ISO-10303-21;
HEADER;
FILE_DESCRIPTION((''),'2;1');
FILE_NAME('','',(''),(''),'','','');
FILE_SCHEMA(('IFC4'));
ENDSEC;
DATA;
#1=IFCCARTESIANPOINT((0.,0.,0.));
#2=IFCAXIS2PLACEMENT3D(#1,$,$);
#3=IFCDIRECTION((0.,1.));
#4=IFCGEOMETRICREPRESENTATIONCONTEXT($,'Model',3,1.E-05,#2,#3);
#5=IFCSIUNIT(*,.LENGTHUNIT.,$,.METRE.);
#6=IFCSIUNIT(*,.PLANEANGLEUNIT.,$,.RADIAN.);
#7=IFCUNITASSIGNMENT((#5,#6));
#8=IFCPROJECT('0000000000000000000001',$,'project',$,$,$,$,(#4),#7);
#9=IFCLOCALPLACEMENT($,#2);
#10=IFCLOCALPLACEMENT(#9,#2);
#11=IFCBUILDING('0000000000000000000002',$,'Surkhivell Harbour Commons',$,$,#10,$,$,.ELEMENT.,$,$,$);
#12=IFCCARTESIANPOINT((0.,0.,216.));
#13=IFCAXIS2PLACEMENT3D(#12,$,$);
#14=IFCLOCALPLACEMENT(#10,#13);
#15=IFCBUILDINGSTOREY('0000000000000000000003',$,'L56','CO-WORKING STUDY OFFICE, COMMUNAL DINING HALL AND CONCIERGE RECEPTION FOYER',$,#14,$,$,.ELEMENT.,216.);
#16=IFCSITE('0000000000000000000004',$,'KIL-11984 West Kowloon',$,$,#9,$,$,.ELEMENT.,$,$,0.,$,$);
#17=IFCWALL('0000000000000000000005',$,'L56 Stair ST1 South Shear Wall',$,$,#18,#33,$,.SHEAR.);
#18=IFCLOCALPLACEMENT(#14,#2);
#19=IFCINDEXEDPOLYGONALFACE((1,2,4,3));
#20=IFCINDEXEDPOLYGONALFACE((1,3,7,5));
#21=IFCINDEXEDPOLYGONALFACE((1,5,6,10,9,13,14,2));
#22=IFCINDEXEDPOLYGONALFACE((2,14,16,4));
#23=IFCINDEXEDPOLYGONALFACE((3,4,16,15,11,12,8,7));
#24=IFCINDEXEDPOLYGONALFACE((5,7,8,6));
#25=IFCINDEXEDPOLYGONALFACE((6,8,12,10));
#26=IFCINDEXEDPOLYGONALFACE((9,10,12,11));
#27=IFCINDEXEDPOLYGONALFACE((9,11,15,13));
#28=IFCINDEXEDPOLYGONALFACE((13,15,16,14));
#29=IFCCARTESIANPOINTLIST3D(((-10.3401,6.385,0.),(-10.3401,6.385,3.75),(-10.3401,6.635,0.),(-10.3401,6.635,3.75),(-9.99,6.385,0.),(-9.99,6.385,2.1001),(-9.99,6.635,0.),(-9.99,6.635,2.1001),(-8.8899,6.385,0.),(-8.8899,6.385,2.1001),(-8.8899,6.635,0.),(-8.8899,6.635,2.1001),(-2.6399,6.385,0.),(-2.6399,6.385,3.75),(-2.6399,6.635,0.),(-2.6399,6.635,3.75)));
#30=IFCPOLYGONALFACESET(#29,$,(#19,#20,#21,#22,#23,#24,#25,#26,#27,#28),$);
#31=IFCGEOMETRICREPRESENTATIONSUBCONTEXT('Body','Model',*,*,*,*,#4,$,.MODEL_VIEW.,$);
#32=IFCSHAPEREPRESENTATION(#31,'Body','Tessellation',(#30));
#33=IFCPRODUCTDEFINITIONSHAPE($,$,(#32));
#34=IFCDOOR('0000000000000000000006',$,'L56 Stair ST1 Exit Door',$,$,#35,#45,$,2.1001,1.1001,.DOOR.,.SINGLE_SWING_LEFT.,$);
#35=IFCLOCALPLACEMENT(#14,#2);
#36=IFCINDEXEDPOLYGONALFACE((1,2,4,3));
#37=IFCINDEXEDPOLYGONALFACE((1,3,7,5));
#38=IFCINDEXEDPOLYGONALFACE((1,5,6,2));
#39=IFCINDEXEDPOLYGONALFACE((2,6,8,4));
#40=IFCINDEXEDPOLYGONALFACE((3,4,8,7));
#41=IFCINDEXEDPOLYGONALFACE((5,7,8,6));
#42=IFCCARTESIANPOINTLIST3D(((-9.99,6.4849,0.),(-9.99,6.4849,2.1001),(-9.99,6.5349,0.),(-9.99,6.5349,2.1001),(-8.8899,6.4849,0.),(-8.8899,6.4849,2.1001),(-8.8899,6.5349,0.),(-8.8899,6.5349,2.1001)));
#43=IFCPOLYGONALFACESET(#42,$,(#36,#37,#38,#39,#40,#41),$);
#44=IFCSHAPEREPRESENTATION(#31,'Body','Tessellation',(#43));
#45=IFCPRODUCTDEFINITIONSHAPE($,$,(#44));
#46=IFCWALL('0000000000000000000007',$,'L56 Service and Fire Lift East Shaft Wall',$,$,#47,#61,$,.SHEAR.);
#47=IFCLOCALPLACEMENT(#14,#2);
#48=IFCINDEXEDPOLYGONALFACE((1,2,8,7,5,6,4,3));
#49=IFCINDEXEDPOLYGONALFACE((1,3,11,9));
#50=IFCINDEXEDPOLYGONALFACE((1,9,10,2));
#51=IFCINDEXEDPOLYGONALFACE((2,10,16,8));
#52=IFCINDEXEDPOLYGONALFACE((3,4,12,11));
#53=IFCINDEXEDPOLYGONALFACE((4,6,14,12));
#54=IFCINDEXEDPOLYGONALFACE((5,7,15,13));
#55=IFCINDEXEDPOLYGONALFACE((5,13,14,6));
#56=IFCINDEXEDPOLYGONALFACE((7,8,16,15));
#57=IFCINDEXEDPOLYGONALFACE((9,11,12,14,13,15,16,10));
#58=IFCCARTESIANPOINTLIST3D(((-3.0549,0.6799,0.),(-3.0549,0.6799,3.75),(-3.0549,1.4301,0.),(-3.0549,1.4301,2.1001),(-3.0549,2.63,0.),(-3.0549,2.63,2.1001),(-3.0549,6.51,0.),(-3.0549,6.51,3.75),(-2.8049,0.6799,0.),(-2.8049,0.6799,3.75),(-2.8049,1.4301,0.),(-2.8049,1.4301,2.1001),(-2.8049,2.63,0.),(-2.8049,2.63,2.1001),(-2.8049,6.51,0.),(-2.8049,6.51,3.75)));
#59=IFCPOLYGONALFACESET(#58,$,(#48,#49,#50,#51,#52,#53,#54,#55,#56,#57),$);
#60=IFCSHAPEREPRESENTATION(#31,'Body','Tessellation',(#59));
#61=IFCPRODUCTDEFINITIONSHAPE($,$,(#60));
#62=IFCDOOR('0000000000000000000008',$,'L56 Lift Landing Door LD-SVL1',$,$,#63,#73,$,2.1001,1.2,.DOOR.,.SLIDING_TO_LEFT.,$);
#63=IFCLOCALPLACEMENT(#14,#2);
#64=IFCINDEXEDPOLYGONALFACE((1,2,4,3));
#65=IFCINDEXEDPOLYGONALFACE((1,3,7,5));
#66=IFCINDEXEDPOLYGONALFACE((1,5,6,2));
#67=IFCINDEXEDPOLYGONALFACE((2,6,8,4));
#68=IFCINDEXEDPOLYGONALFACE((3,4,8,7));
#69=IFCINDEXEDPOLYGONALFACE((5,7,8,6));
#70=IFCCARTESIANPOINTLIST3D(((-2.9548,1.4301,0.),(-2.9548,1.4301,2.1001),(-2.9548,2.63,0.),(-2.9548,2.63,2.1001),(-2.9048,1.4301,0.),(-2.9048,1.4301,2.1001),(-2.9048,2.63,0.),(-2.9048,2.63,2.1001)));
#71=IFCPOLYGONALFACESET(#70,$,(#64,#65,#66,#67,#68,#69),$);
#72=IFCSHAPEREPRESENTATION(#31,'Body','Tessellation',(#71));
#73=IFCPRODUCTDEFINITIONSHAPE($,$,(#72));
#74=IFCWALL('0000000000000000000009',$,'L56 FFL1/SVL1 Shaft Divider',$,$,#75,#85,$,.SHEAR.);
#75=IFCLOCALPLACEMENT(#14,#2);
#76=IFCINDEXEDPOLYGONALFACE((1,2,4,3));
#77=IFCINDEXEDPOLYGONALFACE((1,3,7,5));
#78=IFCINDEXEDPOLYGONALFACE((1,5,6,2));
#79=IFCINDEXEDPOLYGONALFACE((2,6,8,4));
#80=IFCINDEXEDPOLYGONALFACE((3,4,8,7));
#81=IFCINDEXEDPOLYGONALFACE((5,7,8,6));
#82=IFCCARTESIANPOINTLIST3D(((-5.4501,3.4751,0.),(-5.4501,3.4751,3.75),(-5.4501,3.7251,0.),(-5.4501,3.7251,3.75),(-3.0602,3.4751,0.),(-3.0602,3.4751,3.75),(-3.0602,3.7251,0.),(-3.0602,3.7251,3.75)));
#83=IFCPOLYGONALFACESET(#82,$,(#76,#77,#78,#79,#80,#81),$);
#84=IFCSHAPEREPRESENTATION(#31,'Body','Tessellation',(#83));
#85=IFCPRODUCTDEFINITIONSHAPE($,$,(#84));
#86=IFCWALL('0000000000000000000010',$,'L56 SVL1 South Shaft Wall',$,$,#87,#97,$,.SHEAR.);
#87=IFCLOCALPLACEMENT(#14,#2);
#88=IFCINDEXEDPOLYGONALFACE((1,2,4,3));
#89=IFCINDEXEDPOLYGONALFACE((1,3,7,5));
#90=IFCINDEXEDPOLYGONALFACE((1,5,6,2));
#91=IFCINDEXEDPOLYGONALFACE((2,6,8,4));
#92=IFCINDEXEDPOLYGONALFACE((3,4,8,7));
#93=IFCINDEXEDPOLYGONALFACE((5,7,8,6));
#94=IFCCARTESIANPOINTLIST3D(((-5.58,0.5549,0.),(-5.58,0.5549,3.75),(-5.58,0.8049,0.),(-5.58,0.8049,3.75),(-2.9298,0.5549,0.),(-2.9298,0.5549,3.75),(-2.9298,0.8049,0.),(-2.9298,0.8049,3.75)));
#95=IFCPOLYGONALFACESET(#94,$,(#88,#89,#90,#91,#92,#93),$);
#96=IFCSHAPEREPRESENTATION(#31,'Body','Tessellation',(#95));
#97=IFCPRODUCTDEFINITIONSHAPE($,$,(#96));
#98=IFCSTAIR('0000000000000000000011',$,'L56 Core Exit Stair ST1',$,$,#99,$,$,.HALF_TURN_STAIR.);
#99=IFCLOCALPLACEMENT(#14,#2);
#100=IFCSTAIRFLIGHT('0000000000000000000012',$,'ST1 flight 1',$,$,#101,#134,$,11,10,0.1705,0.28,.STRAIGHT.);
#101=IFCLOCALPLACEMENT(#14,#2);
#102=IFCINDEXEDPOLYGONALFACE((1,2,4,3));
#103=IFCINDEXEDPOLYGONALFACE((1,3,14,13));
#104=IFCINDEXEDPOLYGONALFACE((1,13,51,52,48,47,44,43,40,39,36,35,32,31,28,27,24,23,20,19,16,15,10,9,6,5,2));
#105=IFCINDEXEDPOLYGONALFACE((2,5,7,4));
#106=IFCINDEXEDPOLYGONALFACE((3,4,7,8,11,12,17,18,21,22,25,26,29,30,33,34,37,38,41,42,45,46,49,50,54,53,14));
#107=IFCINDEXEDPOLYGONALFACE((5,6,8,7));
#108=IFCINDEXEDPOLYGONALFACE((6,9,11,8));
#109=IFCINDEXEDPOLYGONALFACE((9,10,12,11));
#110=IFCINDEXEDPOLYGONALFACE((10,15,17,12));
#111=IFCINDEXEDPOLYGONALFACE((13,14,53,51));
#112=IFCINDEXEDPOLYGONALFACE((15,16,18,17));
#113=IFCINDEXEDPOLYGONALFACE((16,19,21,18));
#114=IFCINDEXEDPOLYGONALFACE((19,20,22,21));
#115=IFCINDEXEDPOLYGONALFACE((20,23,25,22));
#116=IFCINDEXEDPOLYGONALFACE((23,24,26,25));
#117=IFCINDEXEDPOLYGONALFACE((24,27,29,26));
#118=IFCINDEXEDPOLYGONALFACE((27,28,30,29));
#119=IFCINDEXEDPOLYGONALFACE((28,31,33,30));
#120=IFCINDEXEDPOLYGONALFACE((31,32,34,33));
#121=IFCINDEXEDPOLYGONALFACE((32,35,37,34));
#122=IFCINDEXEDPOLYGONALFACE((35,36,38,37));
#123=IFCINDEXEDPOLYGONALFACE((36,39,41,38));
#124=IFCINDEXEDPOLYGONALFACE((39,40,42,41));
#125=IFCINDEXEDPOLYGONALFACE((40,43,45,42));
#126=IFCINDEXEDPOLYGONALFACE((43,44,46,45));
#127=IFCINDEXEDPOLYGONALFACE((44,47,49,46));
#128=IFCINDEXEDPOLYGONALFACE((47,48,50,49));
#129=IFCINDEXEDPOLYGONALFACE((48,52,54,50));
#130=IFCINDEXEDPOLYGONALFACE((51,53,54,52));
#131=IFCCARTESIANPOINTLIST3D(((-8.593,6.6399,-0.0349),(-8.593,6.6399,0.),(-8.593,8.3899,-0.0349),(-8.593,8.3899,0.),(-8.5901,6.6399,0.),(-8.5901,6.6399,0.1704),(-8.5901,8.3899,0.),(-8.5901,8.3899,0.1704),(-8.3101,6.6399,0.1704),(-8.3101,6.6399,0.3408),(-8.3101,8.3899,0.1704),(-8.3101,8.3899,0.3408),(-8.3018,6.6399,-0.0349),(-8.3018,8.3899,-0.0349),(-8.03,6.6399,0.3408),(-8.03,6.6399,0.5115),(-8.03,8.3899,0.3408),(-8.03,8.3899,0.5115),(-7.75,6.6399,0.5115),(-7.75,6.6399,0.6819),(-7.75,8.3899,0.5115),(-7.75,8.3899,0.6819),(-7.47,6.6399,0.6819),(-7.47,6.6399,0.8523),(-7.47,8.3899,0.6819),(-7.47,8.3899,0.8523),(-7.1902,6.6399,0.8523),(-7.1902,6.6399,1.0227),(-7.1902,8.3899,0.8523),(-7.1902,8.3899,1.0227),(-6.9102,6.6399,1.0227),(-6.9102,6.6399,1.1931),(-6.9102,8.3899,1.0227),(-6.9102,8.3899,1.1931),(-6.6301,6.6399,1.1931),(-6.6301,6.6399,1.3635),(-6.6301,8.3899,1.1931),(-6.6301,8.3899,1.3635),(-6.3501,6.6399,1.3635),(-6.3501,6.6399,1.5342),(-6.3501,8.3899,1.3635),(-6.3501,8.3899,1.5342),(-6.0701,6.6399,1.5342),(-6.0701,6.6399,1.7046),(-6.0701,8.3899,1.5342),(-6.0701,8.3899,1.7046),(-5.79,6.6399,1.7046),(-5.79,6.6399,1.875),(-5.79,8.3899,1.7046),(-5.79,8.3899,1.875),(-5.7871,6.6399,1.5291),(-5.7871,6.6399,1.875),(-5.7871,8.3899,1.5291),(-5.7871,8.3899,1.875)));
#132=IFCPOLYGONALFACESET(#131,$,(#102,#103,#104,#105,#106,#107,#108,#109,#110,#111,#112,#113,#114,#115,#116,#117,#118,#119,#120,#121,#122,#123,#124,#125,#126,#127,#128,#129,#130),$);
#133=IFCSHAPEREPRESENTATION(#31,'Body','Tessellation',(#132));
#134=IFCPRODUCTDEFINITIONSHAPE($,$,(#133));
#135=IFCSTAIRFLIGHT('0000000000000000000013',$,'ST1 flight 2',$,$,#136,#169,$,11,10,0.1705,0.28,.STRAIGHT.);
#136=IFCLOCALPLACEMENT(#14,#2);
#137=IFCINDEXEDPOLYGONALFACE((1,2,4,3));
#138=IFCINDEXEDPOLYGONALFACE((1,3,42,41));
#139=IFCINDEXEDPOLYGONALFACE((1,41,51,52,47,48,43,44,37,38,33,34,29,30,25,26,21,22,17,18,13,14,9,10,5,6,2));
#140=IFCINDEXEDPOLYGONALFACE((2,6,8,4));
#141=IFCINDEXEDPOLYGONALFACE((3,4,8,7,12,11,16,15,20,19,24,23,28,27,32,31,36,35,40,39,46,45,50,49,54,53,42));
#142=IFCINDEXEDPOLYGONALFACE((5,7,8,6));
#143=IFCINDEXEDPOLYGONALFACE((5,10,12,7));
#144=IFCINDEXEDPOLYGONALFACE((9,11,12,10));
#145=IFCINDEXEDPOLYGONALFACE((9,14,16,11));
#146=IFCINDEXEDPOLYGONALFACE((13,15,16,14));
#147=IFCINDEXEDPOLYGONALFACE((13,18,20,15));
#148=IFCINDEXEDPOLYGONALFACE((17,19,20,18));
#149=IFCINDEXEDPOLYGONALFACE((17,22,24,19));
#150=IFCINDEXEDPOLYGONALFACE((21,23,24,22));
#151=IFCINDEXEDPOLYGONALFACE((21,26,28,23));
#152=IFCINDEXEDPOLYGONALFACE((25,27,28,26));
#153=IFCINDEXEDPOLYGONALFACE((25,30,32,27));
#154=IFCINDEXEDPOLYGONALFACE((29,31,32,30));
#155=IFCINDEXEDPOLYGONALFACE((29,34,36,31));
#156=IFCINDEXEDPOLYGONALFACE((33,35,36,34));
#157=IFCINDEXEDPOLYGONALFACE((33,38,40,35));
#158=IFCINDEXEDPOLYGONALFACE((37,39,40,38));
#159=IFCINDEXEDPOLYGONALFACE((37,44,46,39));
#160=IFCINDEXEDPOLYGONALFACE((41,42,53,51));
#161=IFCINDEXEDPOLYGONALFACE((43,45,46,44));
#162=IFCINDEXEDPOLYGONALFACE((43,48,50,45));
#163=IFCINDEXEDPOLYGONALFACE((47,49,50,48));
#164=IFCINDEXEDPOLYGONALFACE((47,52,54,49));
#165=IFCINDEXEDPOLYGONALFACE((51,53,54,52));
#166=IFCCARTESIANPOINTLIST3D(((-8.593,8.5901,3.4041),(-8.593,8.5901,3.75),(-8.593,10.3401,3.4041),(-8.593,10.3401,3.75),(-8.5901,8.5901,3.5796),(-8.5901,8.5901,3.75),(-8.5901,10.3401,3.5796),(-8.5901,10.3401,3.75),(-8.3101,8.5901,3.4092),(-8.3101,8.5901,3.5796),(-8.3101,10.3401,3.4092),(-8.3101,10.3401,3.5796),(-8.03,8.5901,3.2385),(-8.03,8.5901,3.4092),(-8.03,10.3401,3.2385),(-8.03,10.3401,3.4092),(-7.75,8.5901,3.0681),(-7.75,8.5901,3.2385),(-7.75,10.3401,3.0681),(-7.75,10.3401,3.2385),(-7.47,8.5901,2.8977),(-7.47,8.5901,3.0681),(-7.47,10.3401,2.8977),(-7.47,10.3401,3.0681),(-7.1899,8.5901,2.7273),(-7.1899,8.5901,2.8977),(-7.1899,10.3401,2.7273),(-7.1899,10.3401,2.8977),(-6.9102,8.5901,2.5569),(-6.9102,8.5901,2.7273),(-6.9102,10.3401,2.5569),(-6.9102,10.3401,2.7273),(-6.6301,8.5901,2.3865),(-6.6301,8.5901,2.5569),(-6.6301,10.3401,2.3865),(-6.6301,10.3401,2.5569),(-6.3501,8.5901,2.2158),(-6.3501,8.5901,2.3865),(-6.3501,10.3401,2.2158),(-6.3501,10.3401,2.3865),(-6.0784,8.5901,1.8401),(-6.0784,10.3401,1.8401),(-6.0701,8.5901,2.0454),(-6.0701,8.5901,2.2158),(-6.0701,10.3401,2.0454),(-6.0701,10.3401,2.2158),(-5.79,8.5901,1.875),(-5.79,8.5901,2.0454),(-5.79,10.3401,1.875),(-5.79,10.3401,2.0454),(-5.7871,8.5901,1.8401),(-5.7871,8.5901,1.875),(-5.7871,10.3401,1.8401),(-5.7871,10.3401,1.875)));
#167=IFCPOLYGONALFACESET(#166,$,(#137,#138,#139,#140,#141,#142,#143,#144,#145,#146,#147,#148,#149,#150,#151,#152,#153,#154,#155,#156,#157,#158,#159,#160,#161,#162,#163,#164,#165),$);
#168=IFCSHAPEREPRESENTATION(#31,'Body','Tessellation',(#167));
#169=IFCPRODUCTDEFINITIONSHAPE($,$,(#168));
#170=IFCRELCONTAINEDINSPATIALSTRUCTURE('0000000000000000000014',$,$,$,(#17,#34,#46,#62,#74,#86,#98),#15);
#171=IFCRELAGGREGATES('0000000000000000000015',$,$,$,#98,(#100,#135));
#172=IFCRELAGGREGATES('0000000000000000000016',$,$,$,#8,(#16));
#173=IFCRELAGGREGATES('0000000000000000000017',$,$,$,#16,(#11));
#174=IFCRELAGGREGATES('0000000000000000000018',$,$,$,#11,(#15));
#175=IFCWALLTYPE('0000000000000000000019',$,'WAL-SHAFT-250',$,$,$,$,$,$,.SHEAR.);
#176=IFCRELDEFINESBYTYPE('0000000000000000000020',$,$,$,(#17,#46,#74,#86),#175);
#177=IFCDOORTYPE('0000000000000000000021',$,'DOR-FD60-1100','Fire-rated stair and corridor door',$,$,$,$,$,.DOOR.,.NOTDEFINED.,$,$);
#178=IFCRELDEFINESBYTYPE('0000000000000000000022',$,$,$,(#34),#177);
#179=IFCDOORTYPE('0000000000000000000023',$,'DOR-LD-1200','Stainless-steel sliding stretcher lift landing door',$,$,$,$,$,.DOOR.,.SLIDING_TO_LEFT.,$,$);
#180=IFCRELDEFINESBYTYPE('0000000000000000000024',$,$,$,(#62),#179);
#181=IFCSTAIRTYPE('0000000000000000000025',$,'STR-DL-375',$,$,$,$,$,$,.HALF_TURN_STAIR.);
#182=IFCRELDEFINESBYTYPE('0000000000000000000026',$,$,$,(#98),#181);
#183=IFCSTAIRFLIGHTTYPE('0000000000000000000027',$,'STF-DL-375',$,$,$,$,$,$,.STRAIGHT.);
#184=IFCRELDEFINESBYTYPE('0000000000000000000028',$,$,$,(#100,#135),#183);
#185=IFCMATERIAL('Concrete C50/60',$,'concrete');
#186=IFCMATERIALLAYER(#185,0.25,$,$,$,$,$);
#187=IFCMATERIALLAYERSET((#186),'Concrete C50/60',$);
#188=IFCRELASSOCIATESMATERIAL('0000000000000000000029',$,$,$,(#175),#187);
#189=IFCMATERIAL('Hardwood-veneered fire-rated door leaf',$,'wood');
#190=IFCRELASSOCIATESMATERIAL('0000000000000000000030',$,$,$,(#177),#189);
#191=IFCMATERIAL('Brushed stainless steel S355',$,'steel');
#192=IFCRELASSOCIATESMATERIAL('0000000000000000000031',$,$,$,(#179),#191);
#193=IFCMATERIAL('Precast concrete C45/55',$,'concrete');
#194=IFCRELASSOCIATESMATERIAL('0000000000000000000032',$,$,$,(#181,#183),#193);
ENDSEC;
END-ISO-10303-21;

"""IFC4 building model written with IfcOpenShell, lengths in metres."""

from ifc_helpers import new_model, si_unit, direction, frame, frame_2d, origin, place, context, subcontext, project, spatial, polyline, rectangle, outline, extrude, material, layer, layer_set, type_object, element, fill, aggregate, save


model = new_model("IFC4")

# Units and contexts
model_context = context("Model", 3, precision=1e-05, world=origin(), true_north=direction((0.0, 1.0)))
body_context = subcontext(model_context, "Body", "Model", "MODEL_VIEW")
ifc_project = project(units=[si_unit("LENGTHUNIT", "METRE"), si_unit("PLANEANGLEUNIT", "RADIAN")], contexts=[model_context])

# Site, building, storey
site_placement = place(None, origin())
site = spatial("IfcSite", under=ifc_project, at=site_placement, Name="KIL-11984 West Kowloon", CompositionType="ELEMENT", RefElevation=0.0)
building_placement = place(site_placement, origin())
building = spatial("IfcBuilding", under=site, at=building_placement, Name="Surkhivell Harbour Commons", CompositionType="ELEMENT")
storey_placement = place(building_placement, frame((0.0, 0.0, 216.0)))
storey = spatial("IfcBuildingStorey", under=building, at=storey_placement, Name="L56", Description="CO-WORKING STUDY OFFICE, COMMUNAL DINING HALL AND CONCIERGE RECEPTION FOYER", CompositionType="ELEMENT", Elevation=216.0)

# Shared definitions
ifc_material_1 = material(Name="Concrete C50/60", Category="concrete")
ifc_layer_1 = layer(ifc_material_1, 0.25)
ifc_layer_set_1 = layer_set([ifc_layer_1], Name="Concrete C50/60")
wall_type_1 = type_object("IfcWallType", Name="WAL-SHAFT-250", PredefinedType="SHEAR", material=ifc_layer_set_1)
ifc_material_2 = material(Name="Brushed stainless steel S355", Category="steel")
ifc_material_3 = material(Name="Hardwood-veneered fire-rated door leaf", Category="wood")

# Walls, openings, doors
wall_1_placement = place(storey_placement, frame((-10.3401, 6.51, 0.0), z_axis=(0.0, 0.0, 1.0), x_axis=(1.0, 0.0, 0.0)))
wall_1 = element("IfcWall", 1, at=wall_1_placement, inside=storey, type_object=wall_type_1, Name="L56 Stair ST1 South Shear Wall", PredefinedType="SHEAR", context=body_context, shape_type="SweptSolid", body=[
    extrude(rectangle(XDim=7.7002, YDim=0.25, at=frame_2d((3.8501, 0.0))), origin(), (0.0, 0.0, 1.0), 3.75),
])
opening_1_placement = place(wall_1_placement, frame((0.3501, 0.0, 0.0)))
opening_1 = element("IfcOpeningElement", 2, at=opening_1_placement, cuts=wall_1, PredefinedType="OPENING", context=body_context, shape_type="SweptSolid", body=[
    extrude(rectangle(XDim=1.1001, YDim=2.1001, at=frame_2d((0.55, 1.05))), frame((0.0, 0.135, 0.0), z_axis=(0.0, -1.0, 0.0), x_axis=(1.0, 0.0, 0.0)), (0.0, 0.0, 1.0), 0.27),
])
door_type_1 = type_object("IfcDoorType", Name="DOR-FD60-1100", Description="Fire-rated stair and corridor door", OperationType="NOTDEFINED", PredefinedType="DOOR", material=ifc_material_3)
door_1_placement = place(opening_1_placement, origin())
door_1 = element("IfcDoor", 3, at=door_1_placement, inside=storey, type_object=door_type_1, Name="L56 Stair ST1 Exit Door", OperationType="SINGLE_SWING_LEFT", OverallHeight=2.1001, OverallWidth=1.1001, PredefinedType="DOOR", context=body_context, shape_type="SweptSolid", body=[
    extrude(rectangle(XDim=1.1001, YDim=2.1001, at=frame_2d((0.55, 1.05))), frame((0.0, 0.0249, 0.0), z_axis=(0.0, -1.0, 0.0), x_axis=(1.0, 0.0, 0.0)), (0.0, 0.0, 1.0), 0.05),
])
fill(opening_1, door_1)
wall_2_placement = place(storey_placement, frame((-2.9299, 0.6799, 0.0), z_axis=(0.0, 0.0, 1.0), x_axis=(0.0, 1.0, 0.0)))
wall_2 = element("IfcWall", 4, at=wall_2_placement, inside=storey, type_object=wall_type_1, Name="L56 Service and Fire Lift East Shaft Wall", PredefinedType="SHEAR", context=body_context, shape_type="SweptSolid", body=[
    extrude(rectangle(XDim=5.8301, YDim=0.25, at=frame_2d((2.915, 0.0))), origin(), (0.0, 0.0, 1.0), 3.75),
])
opening_2_placement = place(wall_2_placement, frame((0.75, 0.0, 0.0)))
opening_2 = element("IfcOpeningElement", 5, at=opening_2_placement, cuts=wall_2, PredefinedType="OPENING", context=body_context, shape_type="SweptSolid", body=[
    extrude(rectangle(XDim=1.2, YDim=2.1001, at=frame_2d((0.6001, 1.05))), frame((0.0, 0.135, 0.0), z_axis=(0.0, -1.0, 0.0), x_axis=(1.0, 0.0, 0.0)), (0.0, 0.0, 1.0), 0.27),
])
door_type_2 = type_object("IfcDoorType", Name="DOR-LD-1200", Description="Stainless-steel sliding stretcher lift landing door", OperationType="SLIDING_TO_LEFT", PredefinedType="DOOR", material=ifc_material_2)
door_2_placement = place(opening_2_placement, origin())
door_2 = element("IfcDoor", 6, at=door_2_placement, inside=storey, type_object=door_type_2, Name="L56 Lift Landing Door LD-SVL1", OperationType="SLIDING_TO_LEFT", OverallHeight=2.1001, OverallWidth=1.2, PredefinedType="DOOR", context=body_context, shape_type="SweptSolid", body=[
    extrude(rectangle(XDim=1.2, YDim=2.1001, at=frame_2d((0.6001, 1.05))), frame((0.0, 0.0249, 0.0), z_axis=(0.0, -1.0, 0.0), x_axis=(1.0, 0.0, 0.0)), (0.0, 0.0, 1.0), 0.05),
])
fill(opening_2, door_2)

# Walls
wall_3_placement = place(storey_placement, frame((-5.45, 3.6001, 0.0), z_axis=(0.0, 0.0, 1.0), x_axis=(1.0, 0.0, 0.0)))
element("IfcWall", 7, at=wall_3_placement, inside=storey, type_object=wall_type_1, Name="L56 FFL1/SVL1 Shaft Divider", PredefinedType="SHEAR", context=body_context, shape_type="SweptSolid", body=[
    extrude(rectangle(XDim=2.3899, YDim=0.25, at=frame_2d((1.1948, 0.0))), origin(), (0.0, 0.0, 1.0), 3.75),
])
wall_4_placement = place(storey_placement, frame((-5.5801, 0.6799, 0.0), z_axis=(0.0, 0.0, 1.0), x_axis=(1.0, 0.0, 0.0)))
element("IfcWall", 8, at=wall_4_placement, inside=storey, type_object=wall_type_1, Name="L56 SVL1 South Shaft Wall", PredefinedType="SHEAR", context=body_context, shape_type="SweptSolid", body=[
    extrude(rectangle(XDim=2.6501, YDim=0.25, at=frame_2d((1.3252, 0.0))), origin(), (0.0, 0.0, 1.0), 3.75),
])

# Stair, stair flights
ifc_material_4 = material(Name="Precast concrete C45/55", Category="concrete")
stair_type = type_object("IfcStairType", Name="STR-DL-375", PredefinedType="HALF_TURN_STAIR", material=ifc_material_4)
stair_placement = place(storey_placement, origin())
stair = element("IfcStair", 9, at=stair_placement, inside=storey, type_object=stair_type, Name="L56 Core Exit Stair ST1", PredefinedType="HALF_TURN_STAIR")
stair_flight_type = type_object("IfcStairFlightType", Name="STF-DL-375", PredefinedType="STRAIGHT", material=ifc_material_4)
stair_flight_1_placement = place(storey_placement, frame((-8.5901, 7.5149, 0.0), z_axis=(0.0, 0.0, 1.0), x_axis=(1.0, 0.0, 0.0)))
stair_flight_1 = element("IfcStairFlight", 10, at=stair_flight_1_placement, type_object=stair_flight_type, Name="ST1 flight 1", NumberOfRisers=11, NumberOfTreads=10, PredefinedType="STRAIGHT", RiserHeight=0.1705, TreadLength=0.28, context=body_context, shape_type="SweptSolid", body=[
    extrude(outline(polyline([(-0.0029, -0.0349), (-0.0029, 0.0), (0.0, 0.0), (0.0, 0.1704), (0.28, 0.1704), (0.28, 0.3408), (0.5601, 0.3408), (0.5601, 0.5115), (0.8401, 0.5115), (0.8401, 0.6819), (1.1201, 0.6819), (1.1201, 0.8523), (1.3999, 0.8523), (1.3999, 1.0227), (1.6799, 1.0227), (1.6799, 1.1931), (1.96, 1.1931), (1.96, 1.3635), (2.24, 1.3635), (2.24, 1.5342), (2.52, 1.5342), (2.52, 1.7046), (2.8, 1.7046), (2.8, 1.875), (2.803, 1.875), (2.803, 1.5291), (0.2883, -0.0349), (-0.0029, -0.0349)])), frame((0.0, 0.875, 0.0), z_axis=(0.0, -1.0, 0.0), x_axis=(1.0, 0.0, 0.0)), (0.0, 0.0, 1.0), 1.75),
])
stair_flight_2_placement = place(storey_placement, frame((-5.79, 9.4651, 1.875), z_axis=(0.0, 0.0, 1.0), x_axis=(-1.0, 0.0, 0.0)))
stair_flight_2 = element("IfcStairFlight", 11, at=stair_flight_2_placement, type_object=stair_flight_type, Name="ST1 flight 2", NumberOfRisers=11, NumberOfTreads=10, PredefinedType="STRAIGHT", RiserHeight=0.1705, TreadLength=0.28, context=body_context, shape_type="SweptSolid", body=[
    extrude(outline(polyline([(-0.0029, -0.0349), (-0.0029, 0.0), (0.0, 0.0), (0.0, 0.1704), (0.28, 0.1704), (0.28, 0.3408), (0.5601, 0.3408), (0.5601, 0.5115), (0.8401, 0.5115), (0.8401, 0.6819), (1.1201, 0.6819), (1.1201, 0.8523), (1.3999, 0.8523), (1.3999, 1.0227), (1.6799, 1.0227), (1.6799, 1.1931), (1.96, 1.1931), (1.96, 1.3635), (2.24, 1.3635), (2.24, 1.5342), (2.52, 1.5342), (2.52, 1.7046), (2.8, 1.7046), (2.8, 1.875), (2.803, 1.875), (2.803, 1.5291), (0.2883, -0.0349), (-0.0029, -0.0349)])), frame((0.0, 0.875, 0.0), z_axis=(0.0, -1.0, 0.0), x_axis=(1.0, 0.0, 0.0)), (0.0, 0.0, 1.0), 1.75),
])
aggregate(stair, [stair_flight_1, stair_flight_2])

save(model, "model.ifc")
